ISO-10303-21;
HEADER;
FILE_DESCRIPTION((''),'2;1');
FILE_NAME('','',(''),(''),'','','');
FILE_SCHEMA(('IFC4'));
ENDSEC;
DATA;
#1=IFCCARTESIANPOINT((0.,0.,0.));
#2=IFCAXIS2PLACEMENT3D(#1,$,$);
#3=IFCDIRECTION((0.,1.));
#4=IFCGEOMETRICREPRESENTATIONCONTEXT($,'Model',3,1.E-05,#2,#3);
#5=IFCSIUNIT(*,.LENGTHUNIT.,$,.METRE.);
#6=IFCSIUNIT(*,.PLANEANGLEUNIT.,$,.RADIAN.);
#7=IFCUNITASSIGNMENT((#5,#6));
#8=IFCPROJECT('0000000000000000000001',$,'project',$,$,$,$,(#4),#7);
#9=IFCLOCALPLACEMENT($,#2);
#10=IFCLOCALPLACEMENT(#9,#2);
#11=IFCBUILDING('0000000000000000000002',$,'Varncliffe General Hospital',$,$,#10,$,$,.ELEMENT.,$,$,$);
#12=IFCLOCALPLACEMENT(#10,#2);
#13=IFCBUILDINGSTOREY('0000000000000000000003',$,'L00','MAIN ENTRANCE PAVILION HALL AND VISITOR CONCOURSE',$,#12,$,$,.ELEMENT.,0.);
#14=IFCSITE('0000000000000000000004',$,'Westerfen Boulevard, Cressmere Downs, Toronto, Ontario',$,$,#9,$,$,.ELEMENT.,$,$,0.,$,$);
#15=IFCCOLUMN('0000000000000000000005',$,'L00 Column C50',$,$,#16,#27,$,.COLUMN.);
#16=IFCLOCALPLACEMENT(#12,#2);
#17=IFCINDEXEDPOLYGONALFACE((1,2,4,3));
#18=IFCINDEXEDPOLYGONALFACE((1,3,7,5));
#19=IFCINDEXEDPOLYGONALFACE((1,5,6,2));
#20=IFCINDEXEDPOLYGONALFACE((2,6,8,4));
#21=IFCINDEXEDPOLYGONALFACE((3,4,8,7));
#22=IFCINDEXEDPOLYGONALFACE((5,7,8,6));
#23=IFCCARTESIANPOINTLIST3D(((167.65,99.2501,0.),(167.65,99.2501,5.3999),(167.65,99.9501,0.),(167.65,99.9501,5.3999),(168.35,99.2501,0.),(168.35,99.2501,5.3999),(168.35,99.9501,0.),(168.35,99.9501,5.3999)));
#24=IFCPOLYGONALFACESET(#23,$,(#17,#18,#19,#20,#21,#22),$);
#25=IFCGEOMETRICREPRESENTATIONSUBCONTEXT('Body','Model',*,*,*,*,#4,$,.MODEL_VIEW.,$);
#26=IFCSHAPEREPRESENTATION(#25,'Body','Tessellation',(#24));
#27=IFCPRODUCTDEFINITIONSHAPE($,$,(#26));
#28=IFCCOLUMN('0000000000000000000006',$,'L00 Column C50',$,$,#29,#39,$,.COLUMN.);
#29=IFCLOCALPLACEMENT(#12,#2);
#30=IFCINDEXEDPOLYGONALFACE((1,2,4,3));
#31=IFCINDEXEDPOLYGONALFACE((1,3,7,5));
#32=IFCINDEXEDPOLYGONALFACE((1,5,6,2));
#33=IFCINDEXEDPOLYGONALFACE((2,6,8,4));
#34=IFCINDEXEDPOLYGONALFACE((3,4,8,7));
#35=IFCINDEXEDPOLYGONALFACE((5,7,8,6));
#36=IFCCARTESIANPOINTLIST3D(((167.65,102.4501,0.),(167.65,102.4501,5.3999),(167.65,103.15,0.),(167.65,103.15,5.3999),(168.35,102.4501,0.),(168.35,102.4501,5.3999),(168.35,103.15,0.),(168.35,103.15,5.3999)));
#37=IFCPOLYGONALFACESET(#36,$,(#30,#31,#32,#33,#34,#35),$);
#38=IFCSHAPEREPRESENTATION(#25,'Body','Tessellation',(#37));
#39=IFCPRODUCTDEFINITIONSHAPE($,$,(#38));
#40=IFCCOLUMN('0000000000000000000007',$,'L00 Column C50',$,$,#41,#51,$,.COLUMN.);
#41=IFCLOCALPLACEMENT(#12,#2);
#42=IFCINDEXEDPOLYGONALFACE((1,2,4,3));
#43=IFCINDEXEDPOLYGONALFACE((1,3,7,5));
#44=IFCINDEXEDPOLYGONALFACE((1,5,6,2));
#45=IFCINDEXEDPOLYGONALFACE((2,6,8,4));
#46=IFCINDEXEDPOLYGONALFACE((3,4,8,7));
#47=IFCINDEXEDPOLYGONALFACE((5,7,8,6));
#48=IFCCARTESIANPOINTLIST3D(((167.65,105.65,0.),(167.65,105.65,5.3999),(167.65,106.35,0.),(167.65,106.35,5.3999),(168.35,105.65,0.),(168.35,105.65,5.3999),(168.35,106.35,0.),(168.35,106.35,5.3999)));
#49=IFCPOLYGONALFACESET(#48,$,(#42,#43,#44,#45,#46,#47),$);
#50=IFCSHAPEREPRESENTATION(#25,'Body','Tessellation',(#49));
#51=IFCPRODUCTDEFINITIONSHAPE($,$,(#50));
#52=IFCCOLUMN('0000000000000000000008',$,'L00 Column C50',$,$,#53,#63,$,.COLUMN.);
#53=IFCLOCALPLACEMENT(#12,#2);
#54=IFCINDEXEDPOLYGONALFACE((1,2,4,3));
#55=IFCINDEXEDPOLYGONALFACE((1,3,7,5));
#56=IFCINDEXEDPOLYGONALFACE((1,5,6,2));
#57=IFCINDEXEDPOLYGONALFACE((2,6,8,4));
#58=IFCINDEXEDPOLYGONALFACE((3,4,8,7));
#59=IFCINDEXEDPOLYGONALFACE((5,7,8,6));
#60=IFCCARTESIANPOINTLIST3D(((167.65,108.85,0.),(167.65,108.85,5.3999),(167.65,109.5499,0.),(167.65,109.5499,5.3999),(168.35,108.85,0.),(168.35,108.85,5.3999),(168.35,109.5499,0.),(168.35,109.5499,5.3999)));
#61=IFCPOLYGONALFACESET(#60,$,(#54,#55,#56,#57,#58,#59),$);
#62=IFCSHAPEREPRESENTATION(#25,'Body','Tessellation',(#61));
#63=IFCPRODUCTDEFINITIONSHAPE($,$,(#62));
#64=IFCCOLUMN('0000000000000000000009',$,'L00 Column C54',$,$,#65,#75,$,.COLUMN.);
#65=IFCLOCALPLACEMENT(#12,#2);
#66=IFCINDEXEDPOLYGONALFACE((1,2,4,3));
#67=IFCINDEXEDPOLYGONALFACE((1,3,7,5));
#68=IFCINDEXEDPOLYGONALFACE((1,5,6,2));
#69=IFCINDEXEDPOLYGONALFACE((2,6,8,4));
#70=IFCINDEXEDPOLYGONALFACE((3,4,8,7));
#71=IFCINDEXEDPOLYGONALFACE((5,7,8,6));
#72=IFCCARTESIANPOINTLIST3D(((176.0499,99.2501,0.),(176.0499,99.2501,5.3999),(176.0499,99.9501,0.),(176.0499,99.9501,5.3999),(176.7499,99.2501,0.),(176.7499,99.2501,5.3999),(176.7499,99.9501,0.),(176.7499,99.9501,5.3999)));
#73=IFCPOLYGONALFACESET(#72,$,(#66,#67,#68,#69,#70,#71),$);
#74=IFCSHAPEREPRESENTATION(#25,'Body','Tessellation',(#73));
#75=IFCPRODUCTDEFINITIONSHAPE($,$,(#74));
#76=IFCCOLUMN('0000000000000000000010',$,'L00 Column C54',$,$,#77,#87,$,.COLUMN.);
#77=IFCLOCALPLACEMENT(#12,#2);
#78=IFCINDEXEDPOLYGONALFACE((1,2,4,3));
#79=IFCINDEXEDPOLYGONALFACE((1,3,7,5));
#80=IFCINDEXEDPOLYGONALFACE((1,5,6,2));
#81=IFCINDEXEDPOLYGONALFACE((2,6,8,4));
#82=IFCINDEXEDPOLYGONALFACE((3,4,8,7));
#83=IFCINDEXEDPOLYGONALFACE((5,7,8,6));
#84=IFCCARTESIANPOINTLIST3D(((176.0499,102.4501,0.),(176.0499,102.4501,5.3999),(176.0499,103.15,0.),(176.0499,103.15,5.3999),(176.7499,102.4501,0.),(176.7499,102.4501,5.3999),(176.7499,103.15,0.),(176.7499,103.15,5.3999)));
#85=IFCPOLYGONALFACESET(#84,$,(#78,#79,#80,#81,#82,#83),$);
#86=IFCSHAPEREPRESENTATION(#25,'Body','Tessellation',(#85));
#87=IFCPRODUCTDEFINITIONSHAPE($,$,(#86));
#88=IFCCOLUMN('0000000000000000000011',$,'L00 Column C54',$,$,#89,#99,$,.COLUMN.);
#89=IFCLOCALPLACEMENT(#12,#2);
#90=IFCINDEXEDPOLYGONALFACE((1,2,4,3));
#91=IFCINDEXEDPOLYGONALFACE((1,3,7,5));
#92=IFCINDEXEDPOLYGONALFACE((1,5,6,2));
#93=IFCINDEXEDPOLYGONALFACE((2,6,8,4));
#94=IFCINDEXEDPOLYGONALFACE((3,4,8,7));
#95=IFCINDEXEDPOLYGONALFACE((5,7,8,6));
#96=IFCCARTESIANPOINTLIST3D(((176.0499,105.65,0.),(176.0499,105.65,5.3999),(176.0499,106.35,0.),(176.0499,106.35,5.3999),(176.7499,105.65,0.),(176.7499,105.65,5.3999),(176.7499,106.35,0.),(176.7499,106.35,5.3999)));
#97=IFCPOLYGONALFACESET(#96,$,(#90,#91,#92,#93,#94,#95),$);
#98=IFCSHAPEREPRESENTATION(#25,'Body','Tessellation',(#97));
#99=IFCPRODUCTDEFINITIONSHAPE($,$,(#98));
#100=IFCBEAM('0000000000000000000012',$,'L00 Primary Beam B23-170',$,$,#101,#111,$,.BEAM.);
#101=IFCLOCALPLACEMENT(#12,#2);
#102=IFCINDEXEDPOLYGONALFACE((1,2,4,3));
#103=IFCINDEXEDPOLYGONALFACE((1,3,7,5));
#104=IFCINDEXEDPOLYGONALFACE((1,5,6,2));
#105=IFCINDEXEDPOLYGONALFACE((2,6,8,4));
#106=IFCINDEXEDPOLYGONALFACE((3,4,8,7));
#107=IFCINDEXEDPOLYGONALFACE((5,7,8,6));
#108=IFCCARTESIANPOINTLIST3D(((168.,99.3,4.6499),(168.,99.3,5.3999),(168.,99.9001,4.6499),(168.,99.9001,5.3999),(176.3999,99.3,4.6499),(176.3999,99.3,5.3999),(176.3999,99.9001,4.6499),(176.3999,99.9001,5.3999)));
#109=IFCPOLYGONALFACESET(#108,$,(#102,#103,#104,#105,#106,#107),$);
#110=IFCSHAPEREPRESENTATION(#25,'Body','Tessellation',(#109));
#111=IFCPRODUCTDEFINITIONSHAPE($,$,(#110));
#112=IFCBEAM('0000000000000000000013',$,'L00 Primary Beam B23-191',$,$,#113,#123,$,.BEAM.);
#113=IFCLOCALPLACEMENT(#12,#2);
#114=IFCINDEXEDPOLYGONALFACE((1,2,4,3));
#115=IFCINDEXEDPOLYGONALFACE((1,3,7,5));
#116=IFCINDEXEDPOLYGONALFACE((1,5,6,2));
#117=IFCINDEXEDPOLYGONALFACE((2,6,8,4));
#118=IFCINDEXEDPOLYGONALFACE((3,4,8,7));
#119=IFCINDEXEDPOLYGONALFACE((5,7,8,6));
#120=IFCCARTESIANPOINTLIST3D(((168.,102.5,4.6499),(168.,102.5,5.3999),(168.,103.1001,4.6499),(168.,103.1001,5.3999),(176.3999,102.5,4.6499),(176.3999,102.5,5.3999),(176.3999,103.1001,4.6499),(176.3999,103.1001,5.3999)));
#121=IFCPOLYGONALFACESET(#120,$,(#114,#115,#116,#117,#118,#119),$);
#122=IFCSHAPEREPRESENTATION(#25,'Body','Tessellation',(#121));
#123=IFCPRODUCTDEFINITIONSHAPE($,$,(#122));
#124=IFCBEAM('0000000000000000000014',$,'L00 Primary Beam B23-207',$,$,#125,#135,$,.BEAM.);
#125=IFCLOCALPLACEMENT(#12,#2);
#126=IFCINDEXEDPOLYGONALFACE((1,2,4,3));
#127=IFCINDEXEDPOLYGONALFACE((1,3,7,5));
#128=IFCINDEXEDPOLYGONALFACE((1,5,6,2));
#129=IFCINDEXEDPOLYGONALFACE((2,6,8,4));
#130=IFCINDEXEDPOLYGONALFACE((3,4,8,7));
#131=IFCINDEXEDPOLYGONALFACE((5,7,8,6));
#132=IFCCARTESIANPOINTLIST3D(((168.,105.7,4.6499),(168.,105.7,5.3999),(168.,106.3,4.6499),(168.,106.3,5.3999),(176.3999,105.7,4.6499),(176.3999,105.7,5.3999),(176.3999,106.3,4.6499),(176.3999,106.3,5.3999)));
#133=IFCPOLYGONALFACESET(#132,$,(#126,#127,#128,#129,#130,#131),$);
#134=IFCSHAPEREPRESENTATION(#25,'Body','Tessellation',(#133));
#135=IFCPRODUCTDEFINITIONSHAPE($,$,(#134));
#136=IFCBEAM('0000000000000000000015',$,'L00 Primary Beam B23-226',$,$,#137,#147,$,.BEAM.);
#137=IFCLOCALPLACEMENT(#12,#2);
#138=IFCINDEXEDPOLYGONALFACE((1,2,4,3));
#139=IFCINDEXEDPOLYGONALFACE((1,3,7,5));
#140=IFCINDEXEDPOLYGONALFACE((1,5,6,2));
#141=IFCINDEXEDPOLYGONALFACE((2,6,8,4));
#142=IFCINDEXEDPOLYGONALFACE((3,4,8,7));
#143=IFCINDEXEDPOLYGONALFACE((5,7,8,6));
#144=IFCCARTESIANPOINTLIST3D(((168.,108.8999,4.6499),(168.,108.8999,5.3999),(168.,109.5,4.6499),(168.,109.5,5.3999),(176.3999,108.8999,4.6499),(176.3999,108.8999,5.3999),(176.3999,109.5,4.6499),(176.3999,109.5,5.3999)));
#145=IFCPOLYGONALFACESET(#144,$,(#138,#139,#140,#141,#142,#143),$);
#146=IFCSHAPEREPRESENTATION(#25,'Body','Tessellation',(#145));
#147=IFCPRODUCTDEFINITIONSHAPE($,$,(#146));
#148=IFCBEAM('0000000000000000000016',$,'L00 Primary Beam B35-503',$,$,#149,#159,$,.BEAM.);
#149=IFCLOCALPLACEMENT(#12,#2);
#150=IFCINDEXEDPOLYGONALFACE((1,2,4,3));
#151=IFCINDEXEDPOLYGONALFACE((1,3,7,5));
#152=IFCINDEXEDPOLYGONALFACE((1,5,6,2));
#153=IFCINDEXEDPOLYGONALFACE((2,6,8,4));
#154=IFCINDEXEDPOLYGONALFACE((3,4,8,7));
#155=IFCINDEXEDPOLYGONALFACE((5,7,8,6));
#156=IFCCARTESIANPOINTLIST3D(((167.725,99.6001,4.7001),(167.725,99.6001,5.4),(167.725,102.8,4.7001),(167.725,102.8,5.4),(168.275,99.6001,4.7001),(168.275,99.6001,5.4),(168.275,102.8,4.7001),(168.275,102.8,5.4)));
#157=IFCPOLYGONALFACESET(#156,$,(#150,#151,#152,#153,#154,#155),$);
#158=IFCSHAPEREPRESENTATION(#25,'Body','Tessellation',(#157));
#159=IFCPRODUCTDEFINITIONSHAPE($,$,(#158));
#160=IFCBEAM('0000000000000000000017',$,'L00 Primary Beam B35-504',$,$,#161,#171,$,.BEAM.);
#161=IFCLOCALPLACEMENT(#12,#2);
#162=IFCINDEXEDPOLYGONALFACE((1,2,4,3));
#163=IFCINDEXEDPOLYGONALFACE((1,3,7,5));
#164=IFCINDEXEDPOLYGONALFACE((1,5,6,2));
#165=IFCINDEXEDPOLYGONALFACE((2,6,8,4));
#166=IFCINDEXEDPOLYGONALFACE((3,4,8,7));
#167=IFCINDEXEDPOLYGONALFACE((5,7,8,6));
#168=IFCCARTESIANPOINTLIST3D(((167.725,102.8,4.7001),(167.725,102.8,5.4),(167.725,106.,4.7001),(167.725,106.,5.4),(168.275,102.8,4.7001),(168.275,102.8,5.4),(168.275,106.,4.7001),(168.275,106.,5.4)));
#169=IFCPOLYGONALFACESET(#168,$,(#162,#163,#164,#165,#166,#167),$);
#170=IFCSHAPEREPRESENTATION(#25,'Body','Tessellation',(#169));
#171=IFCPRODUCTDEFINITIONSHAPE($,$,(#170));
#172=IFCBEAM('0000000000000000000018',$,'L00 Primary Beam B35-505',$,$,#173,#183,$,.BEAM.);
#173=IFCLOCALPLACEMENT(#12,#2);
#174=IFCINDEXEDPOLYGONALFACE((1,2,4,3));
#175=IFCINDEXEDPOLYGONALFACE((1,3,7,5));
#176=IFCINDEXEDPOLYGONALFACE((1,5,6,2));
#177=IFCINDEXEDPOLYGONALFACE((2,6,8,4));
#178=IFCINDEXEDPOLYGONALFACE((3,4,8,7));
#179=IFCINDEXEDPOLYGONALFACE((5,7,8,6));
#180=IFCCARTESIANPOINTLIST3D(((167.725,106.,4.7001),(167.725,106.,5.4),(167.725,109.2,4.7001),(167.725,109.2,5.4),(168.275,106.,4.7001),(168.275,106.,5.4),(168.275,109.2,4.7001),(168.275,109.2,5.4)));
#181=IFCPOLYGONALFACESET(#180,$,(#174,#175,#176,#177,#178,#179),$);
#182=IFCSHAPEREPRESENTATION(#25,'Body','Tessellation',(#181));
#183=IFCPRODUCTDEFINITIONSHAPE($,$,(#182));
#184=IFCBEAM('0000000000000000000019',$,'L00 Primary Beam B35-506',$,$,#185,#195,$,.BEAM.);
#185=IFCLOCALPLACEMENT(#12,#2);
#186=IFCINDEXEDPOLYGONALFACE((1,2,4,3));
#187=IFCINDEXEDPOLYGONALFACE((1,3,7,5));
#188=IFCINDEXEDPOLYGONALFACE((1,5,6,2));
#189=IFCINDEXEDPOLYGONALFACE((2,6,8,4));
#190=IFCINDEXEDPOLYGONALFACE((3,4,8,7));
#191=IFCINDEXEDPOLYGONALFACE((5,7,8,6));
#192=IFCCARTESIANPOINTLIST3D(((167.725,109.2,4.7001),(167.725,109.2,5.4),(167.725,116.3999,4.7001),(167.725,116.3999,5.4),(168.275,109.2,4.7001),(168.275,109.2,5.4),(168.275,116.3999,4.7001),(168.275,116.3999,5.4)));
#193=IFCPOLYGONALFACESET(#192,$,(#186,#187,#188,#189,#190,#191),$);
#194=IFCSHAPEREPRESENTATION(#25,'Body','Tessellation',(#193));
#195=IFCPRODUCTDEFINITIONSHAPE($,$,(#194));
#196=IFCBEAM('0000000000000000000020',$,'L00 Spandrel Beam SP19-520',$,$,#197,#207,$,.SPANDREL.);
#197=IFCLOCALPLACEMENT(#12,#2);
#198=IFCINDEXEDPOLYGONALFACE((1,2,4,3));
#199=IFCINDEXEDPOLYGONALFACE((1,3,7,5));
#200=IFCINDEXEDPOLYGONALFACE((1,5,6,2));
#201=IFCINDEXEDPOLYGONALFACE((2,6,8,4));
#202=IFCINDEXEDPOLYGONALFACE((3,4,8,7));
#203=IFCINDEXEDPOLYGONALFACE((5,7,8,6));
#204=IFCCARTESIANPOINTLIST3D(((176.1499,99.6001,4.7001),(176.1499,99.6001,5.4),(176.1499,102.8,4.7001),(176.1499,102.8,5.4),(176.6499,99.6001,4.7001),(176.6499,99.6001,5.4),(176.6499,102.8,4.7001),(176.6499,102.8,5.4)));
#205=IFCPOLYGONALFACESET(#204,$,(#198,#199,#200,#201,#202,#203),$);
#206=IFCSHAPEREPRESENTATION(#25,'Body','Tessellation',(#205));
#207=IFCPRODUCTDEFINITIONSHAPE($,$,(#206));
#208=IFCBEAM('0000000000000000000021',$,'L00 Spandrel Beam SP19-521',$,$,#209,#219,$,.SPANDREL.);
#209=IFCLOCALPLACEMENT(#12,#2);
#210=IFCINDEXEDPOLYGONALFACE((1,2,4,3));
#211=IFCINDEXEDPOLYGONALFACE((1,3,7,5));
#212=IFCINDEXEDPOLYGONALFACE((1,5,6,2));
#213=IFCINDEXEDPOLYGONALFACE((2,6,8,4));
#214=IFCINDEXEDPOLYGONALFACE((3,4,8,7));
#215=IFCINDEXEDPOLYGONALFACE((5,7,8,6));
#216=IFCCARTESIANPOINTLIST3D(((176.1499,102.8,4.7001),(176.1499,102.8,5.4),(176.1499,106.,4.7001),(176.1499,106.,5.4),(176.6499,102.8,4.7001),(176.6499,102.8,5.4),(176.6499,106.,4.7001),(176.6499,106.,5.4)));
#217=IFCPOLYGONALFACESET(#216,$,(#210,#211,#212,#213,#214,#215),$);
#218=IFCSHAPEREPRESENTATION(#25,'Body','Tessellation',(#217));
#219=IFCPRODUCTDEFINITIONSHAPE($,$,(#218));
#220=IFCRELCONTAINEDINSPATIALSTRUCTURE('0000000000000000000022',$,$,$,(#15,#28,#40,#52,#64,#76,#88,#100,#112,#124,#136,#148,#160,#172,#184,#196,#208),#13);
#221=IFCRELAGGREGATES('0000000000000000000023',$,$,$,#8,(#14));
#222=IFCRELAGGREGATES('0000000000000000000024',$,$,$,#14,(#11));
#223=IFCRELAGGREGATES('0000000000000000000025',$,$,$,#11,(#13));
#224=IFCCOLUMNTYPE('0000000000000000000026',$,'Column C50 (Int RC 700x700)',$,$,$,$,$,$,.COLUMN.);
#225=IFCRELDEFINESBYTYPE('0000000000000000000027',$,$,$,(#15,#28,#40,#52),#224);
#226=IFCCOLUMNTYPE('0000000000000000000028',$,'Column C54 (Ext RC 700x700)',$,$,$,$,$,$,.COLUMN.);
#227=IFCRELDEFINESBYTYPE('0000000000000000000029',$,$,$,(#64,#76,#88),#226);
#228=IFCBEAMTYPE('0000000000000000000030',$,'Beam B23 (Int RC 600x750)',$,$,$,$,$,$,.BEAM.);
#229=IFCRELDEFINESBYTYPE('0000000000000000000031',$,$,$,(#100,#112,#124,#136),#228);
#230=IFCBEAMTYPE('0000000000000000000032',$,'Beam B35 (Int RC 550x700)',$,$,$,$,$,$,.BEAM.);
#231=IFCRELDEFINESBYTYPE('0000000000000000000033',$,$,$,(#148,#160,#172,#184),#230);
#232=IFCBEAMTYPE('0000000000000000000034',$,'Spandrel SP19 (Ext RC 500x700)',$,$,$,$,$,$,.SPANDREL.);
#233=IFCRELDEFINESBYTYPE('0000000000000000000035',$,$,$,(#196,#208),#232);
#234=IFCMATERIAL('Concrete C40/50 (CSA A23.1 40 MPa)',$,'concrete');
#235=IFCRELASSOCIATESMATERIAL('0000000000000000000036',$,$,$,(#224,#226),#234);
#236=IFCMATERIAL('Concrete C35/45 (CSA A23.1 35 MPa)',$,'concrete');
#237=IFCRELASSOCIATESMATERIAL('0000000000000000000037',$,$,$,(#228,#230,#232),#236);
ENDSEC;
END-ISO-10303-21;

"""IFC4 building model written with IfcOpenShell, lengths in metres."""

from ifc_helpers import new_model, si_unit, direction, frame, origin, origin_2d, place, context, subcontext, project, spatial, rectangle, extrude, material, material_profile, profile_set, type_object, element, save


model = new_model("IFC4")

# Units and contexts
model_context = context("Model", 3, precision=1e-05, world=origin(), true_north=direction((0.0, 1.0)))
body_context = subcontext(model_context, "Body", "Model", "MODEL_VIEW")
ifc_project = project(units=[si_unit("LENGTHUNIT", "METRE"), si_unit("PLANEANGLEUNIT", "RADIAN")], contexts=[model_context])

# Site, building, storey
site_placement = place(None, origin())
site = spatial("IfcSite", under=ifc_project, at=site_placement, Name="Westerfen Boulevard, Cressmere Downs, Toronto, Ontario", CompositionType="ELEMENT", RefElevation=0.0)
building_placement = place(site_placement, origin())
building = spatial("IfcBuilding", under=site, at=building_placement, Name="Varncliffe General Hospital", CompositionType="ELEMENT")
storey_placement = place(building_placement, origin())
storey = spatial("IfcBuildingStorey", under=building, at=storey_placement, Name="L00", Description="MAIN ENTRANCE PAVILION HALL AND VISITOR CONCOURSE", CompositionType="ELEMENT", Elevation=0.0)

# Columns
ifc_material_1 = material(Name="Concrete C40/50 (CSA A23.1 40 MPa)", Category="concrete")
ifc_material_profile_1 = material_profile(ifc_material_1, rectangle(XDim=0.7, YDim=0.7, at=origin_2d()), Name="RC 700x700")
ifc_profile_set_1 = profile_set([ifc_material_profile_1], Name="Concrete C40/50 (CSA A23.1 40 MPa)")
column_type_1 = type_object("IfcColumnType", Name="Column C50 (Int RC 700x700)", PredefinedType="COLUMN", material=ifc_profile_set_1)
for number, where, z_axis, x_axis, name in (
    (1, (168.0, 99.6001, 0.0), (0.0, 0.0, 1.0), (1.0, 0.0, 0.0), "L00 Column C50"),
    (2, (168.0, 102.8, 0.0), (0.0, 0.0, 1.0), (1.0, 0.0, 0.0), "L00 Column C50"),
    (3, (168.0, 106.0, 0.0), (0.0, 0.0, 1.0), (1.0, 0.0, 0.0), "L00 Column C50"),
    (4, (168.0, 109.2, 0.0), (0.0, 0.0, 1.0), (1.0, 0.0, 0.0), "L00 Column C50"),
):
    element("IfcColumn", number, at=place(storey_placement, frame(where, z_axis=z_axis, x_axis=x_axis)), inside=storey, type_object=column_type_1, Name=name, PredefinedType="COLUMN", context=body_context, shape_type="SweptSolid", body=[
        extrude(rectangle(XDim=0.7, YDim=0.7, at=origin_2d()), origin(), (0.0, 0.0, 1.0), 5.3999),
    ])
ifc_material_profile_2 = material_profile(ifc_material_1, rectangle(XDim=0.7, YDim=0.7, at=origin_2d()), Name="RC 700x700")
ifc_profile_set_2 = profile_set([ifc_material_profile_2], Name="Concrete C40/50 (CSA A23.1 40 MPa)")
column_type_2 = type_object("IfcColumnType", Name="Column C54 (Ext RC 700x700)", PredefinedType="COLUMN", material=ifc_profile_set_2)
for number, where, z_axis, x_axis, name in (
    (5, (176.3999, 99.6001, 0.0), (0.0, 0.0, 1.0), (1.0, 0.0, 0.0), "L00 Column C54"),
    (6, (176.3999, 102.8, 0.0), (0.0, 0.0, 1.0), (1.0, 0.0, 0.0), "L00 Column C54"),
    (7, (176.3999, 106.0, 0.0), (0.0, 0.0, 1.0), (1.0, 0.0, 0.0), "L00 Column C54"),
):
    element("IfcColumn", number, at=place(storey_placement, frame(where, z_axis=z_axis, x_axis=x_axis)), inside=storey, type_object=column_type_2, Name=name, PredefinedType="COLUMN", context=body_context, shape_type="SweptSolid", body=[
        extrude(rectangle(XDim=0.7, YDim=0.7, at=origin_2d()), origin(), (0.0, 0.0, 1.0), 5.3999),
    ])

# Beams
ifc_material_2 = material(Name="Concrete C35/45 (CSA A23.1 35 MPa)", Category="concrete")
ifc_material_profile_3 = material_profile(ifc_material_2, rectangle(XDim=0.6001, YDim=0.75, at=origin_2d()), Name="RC 600x750")
ifc_profile_set_3 = profile_set([ifc_material_profile_3], Name="Concrete C35/45 (CSA A23.1 35 MPa)")
beam_type_1 = type_object("IfcBeamType", Name="Beam B23 (Int RC 600x750)", PredefinedType="BEAM", material=ifc_profile_set_3)
for number, where, z_axis, x_axis, name in (
    (8, (168.0, 99.6001, 5.0249), (1.0, 0.0, 0.0), (0.0, 1.0, 0.0), "L00 Primary Beam B23-170"),
    (9, (168.0, 102.8, 5.0249), (1.0, 0.0, 0.0), (0.0, 1.0, 0.0), "L00 Primary Beam B23-191"),
    (10, (168.0, 106.0, 5.0249), (1.0, 0.0, 0.0), (0.0, 1.0, 0.0), "L00 Primary Beam B23-207"),
    (11, (168.0, 109.2, 5.0249), (1.0, 0.0, 0.0), (0.0, 1.0, 0.0), "L00 Primary Beam B23-226"),
):
    element("IfcBeam", number, at=place(storey_placement, frame(where, z_axis=z_axis, x_axis=x_axis)), inside=storey, type_object=beam_type_1, Name=name, PredefinedType="BEAM", context=body_context, shape_type="SweptSolid", body=[
        extrude(rectangle(XDim=0.6001, YDim=0.75, at=origin_2d()), origin(), (0.0, 0.0, 1.0), 8.3999),
    ])
ifc_material_profile_4 = material_profile(ifc_material_2, rectangle(XDim=0.55, YDim=0.7, at=origin_2d()), Name="RC 550x700")
ifc_profile_set_4 = profile_set([ifc_material_profile_4], Name="Concrete C35/45 (CSA A23.1 35 MPa)")
beam_type_2 = type_object("IfcBeamType", Name="Beam B35 (Int RC 550x700)", PredefinedType="BEAM", material=ifc_profile_set_4)
for number, where, z_axis, x_axis, name in (
    (12, (168.0, 99.6001, 5.05), (0.0, 1.0, 0.0), (-1.0, 0.0, 0.0), "L00 Primary Beam B35-503"),
    (13, (168.0, 102.8, 5.05), (0.0, 1.0, 0.0), (-1.0, 0.0, 0.0), "L00 Primary Beam B35-504"),
    (14, (168.0, 106.0, 5.05), (0.0, 1.0, 0.0), (-1.0, 0.0, 0.0), "L00 Primary Beam B35-505"),
):
    element("IfcBeam", number, at=place(storey_placement, frame(where, z_axis=z_axis, x_axis=x_axis)), inside=storey, type_object=beam_type_2, Name=name, PredefinedType="BEAM", context=body_context, shape_type="SweptSolid", body=[
        extrude(rectangle(XDim=0.55, YDim=0.7, at=origin_2d()), origin(), (0.0, 0.0, 1.0), 3.2),
    ])
beam_placement = place(storey_placement, frame((168.0, 109.2, 5.05), z_axis=(0.0, 1.0, 0.0), x_axis=(-1.0, 0.0, 0.0)))
element("IfcBeam", 15, at=beam_placement, inside=storey, type_object=beam_type_2, Name="L00 Primary Beam B35-506", PredefinedType="BEAM", context=body_context, shape_type="SweptSolid", body=[
    extrude(rectangle(XDim=0.55, YDim=0.7, at=origin_2d()), origin(), (0.0, 0.0, 1.0), 7.2),
])
ifc_material_profile_5 = material_profile(ifc_material_2, rectangle(XDim=0.5, YDim=0.7, at=origin_2d()), Name="RC 500x700")
ifc_profile_set_5 = profile_set([ifc_material_profile_5], Name="Concrete C35/45 (CSA A23.1 35 MPa)")
beam_type_3 = type_object("IfcBeamType", Name="Spandrel SP19 (Ext RC 500x700)", PredefinedType="SPANDREL", material=ifc_profile_set_5)
for number, where, z_axis, x_axis, name in (
    (16, (176.3999, 99.6001, 5.05), (0.0, 1.0, 0.0), (-1.0, 0.0, 0.0), "L00 Spandrel Beam SP19-520"),
    (17, (176.3999, 102.8, 5.05), (0.0, 1.0, 0.0), (-1.0, 0.0, 0.0), "L00 Spandrel Beam SP19-521"),
):
    element("IfcBeam", number, at=place(storey_placement, frame(where, z_axis=z_axis, x_axis=x_axis)), inside=storey, type_object=beam_type_3, Name=name, PredefinedType="SPANDREL", context=body_context, shape_type="SweptSolid", body=[
        extrude(rectangle(XDim=0.5, YDim=0.7, at=origin_2d()), origin(), (0.0, 0.0, 1.0), 3.2),
    ])

save(model, "model.ifc")
